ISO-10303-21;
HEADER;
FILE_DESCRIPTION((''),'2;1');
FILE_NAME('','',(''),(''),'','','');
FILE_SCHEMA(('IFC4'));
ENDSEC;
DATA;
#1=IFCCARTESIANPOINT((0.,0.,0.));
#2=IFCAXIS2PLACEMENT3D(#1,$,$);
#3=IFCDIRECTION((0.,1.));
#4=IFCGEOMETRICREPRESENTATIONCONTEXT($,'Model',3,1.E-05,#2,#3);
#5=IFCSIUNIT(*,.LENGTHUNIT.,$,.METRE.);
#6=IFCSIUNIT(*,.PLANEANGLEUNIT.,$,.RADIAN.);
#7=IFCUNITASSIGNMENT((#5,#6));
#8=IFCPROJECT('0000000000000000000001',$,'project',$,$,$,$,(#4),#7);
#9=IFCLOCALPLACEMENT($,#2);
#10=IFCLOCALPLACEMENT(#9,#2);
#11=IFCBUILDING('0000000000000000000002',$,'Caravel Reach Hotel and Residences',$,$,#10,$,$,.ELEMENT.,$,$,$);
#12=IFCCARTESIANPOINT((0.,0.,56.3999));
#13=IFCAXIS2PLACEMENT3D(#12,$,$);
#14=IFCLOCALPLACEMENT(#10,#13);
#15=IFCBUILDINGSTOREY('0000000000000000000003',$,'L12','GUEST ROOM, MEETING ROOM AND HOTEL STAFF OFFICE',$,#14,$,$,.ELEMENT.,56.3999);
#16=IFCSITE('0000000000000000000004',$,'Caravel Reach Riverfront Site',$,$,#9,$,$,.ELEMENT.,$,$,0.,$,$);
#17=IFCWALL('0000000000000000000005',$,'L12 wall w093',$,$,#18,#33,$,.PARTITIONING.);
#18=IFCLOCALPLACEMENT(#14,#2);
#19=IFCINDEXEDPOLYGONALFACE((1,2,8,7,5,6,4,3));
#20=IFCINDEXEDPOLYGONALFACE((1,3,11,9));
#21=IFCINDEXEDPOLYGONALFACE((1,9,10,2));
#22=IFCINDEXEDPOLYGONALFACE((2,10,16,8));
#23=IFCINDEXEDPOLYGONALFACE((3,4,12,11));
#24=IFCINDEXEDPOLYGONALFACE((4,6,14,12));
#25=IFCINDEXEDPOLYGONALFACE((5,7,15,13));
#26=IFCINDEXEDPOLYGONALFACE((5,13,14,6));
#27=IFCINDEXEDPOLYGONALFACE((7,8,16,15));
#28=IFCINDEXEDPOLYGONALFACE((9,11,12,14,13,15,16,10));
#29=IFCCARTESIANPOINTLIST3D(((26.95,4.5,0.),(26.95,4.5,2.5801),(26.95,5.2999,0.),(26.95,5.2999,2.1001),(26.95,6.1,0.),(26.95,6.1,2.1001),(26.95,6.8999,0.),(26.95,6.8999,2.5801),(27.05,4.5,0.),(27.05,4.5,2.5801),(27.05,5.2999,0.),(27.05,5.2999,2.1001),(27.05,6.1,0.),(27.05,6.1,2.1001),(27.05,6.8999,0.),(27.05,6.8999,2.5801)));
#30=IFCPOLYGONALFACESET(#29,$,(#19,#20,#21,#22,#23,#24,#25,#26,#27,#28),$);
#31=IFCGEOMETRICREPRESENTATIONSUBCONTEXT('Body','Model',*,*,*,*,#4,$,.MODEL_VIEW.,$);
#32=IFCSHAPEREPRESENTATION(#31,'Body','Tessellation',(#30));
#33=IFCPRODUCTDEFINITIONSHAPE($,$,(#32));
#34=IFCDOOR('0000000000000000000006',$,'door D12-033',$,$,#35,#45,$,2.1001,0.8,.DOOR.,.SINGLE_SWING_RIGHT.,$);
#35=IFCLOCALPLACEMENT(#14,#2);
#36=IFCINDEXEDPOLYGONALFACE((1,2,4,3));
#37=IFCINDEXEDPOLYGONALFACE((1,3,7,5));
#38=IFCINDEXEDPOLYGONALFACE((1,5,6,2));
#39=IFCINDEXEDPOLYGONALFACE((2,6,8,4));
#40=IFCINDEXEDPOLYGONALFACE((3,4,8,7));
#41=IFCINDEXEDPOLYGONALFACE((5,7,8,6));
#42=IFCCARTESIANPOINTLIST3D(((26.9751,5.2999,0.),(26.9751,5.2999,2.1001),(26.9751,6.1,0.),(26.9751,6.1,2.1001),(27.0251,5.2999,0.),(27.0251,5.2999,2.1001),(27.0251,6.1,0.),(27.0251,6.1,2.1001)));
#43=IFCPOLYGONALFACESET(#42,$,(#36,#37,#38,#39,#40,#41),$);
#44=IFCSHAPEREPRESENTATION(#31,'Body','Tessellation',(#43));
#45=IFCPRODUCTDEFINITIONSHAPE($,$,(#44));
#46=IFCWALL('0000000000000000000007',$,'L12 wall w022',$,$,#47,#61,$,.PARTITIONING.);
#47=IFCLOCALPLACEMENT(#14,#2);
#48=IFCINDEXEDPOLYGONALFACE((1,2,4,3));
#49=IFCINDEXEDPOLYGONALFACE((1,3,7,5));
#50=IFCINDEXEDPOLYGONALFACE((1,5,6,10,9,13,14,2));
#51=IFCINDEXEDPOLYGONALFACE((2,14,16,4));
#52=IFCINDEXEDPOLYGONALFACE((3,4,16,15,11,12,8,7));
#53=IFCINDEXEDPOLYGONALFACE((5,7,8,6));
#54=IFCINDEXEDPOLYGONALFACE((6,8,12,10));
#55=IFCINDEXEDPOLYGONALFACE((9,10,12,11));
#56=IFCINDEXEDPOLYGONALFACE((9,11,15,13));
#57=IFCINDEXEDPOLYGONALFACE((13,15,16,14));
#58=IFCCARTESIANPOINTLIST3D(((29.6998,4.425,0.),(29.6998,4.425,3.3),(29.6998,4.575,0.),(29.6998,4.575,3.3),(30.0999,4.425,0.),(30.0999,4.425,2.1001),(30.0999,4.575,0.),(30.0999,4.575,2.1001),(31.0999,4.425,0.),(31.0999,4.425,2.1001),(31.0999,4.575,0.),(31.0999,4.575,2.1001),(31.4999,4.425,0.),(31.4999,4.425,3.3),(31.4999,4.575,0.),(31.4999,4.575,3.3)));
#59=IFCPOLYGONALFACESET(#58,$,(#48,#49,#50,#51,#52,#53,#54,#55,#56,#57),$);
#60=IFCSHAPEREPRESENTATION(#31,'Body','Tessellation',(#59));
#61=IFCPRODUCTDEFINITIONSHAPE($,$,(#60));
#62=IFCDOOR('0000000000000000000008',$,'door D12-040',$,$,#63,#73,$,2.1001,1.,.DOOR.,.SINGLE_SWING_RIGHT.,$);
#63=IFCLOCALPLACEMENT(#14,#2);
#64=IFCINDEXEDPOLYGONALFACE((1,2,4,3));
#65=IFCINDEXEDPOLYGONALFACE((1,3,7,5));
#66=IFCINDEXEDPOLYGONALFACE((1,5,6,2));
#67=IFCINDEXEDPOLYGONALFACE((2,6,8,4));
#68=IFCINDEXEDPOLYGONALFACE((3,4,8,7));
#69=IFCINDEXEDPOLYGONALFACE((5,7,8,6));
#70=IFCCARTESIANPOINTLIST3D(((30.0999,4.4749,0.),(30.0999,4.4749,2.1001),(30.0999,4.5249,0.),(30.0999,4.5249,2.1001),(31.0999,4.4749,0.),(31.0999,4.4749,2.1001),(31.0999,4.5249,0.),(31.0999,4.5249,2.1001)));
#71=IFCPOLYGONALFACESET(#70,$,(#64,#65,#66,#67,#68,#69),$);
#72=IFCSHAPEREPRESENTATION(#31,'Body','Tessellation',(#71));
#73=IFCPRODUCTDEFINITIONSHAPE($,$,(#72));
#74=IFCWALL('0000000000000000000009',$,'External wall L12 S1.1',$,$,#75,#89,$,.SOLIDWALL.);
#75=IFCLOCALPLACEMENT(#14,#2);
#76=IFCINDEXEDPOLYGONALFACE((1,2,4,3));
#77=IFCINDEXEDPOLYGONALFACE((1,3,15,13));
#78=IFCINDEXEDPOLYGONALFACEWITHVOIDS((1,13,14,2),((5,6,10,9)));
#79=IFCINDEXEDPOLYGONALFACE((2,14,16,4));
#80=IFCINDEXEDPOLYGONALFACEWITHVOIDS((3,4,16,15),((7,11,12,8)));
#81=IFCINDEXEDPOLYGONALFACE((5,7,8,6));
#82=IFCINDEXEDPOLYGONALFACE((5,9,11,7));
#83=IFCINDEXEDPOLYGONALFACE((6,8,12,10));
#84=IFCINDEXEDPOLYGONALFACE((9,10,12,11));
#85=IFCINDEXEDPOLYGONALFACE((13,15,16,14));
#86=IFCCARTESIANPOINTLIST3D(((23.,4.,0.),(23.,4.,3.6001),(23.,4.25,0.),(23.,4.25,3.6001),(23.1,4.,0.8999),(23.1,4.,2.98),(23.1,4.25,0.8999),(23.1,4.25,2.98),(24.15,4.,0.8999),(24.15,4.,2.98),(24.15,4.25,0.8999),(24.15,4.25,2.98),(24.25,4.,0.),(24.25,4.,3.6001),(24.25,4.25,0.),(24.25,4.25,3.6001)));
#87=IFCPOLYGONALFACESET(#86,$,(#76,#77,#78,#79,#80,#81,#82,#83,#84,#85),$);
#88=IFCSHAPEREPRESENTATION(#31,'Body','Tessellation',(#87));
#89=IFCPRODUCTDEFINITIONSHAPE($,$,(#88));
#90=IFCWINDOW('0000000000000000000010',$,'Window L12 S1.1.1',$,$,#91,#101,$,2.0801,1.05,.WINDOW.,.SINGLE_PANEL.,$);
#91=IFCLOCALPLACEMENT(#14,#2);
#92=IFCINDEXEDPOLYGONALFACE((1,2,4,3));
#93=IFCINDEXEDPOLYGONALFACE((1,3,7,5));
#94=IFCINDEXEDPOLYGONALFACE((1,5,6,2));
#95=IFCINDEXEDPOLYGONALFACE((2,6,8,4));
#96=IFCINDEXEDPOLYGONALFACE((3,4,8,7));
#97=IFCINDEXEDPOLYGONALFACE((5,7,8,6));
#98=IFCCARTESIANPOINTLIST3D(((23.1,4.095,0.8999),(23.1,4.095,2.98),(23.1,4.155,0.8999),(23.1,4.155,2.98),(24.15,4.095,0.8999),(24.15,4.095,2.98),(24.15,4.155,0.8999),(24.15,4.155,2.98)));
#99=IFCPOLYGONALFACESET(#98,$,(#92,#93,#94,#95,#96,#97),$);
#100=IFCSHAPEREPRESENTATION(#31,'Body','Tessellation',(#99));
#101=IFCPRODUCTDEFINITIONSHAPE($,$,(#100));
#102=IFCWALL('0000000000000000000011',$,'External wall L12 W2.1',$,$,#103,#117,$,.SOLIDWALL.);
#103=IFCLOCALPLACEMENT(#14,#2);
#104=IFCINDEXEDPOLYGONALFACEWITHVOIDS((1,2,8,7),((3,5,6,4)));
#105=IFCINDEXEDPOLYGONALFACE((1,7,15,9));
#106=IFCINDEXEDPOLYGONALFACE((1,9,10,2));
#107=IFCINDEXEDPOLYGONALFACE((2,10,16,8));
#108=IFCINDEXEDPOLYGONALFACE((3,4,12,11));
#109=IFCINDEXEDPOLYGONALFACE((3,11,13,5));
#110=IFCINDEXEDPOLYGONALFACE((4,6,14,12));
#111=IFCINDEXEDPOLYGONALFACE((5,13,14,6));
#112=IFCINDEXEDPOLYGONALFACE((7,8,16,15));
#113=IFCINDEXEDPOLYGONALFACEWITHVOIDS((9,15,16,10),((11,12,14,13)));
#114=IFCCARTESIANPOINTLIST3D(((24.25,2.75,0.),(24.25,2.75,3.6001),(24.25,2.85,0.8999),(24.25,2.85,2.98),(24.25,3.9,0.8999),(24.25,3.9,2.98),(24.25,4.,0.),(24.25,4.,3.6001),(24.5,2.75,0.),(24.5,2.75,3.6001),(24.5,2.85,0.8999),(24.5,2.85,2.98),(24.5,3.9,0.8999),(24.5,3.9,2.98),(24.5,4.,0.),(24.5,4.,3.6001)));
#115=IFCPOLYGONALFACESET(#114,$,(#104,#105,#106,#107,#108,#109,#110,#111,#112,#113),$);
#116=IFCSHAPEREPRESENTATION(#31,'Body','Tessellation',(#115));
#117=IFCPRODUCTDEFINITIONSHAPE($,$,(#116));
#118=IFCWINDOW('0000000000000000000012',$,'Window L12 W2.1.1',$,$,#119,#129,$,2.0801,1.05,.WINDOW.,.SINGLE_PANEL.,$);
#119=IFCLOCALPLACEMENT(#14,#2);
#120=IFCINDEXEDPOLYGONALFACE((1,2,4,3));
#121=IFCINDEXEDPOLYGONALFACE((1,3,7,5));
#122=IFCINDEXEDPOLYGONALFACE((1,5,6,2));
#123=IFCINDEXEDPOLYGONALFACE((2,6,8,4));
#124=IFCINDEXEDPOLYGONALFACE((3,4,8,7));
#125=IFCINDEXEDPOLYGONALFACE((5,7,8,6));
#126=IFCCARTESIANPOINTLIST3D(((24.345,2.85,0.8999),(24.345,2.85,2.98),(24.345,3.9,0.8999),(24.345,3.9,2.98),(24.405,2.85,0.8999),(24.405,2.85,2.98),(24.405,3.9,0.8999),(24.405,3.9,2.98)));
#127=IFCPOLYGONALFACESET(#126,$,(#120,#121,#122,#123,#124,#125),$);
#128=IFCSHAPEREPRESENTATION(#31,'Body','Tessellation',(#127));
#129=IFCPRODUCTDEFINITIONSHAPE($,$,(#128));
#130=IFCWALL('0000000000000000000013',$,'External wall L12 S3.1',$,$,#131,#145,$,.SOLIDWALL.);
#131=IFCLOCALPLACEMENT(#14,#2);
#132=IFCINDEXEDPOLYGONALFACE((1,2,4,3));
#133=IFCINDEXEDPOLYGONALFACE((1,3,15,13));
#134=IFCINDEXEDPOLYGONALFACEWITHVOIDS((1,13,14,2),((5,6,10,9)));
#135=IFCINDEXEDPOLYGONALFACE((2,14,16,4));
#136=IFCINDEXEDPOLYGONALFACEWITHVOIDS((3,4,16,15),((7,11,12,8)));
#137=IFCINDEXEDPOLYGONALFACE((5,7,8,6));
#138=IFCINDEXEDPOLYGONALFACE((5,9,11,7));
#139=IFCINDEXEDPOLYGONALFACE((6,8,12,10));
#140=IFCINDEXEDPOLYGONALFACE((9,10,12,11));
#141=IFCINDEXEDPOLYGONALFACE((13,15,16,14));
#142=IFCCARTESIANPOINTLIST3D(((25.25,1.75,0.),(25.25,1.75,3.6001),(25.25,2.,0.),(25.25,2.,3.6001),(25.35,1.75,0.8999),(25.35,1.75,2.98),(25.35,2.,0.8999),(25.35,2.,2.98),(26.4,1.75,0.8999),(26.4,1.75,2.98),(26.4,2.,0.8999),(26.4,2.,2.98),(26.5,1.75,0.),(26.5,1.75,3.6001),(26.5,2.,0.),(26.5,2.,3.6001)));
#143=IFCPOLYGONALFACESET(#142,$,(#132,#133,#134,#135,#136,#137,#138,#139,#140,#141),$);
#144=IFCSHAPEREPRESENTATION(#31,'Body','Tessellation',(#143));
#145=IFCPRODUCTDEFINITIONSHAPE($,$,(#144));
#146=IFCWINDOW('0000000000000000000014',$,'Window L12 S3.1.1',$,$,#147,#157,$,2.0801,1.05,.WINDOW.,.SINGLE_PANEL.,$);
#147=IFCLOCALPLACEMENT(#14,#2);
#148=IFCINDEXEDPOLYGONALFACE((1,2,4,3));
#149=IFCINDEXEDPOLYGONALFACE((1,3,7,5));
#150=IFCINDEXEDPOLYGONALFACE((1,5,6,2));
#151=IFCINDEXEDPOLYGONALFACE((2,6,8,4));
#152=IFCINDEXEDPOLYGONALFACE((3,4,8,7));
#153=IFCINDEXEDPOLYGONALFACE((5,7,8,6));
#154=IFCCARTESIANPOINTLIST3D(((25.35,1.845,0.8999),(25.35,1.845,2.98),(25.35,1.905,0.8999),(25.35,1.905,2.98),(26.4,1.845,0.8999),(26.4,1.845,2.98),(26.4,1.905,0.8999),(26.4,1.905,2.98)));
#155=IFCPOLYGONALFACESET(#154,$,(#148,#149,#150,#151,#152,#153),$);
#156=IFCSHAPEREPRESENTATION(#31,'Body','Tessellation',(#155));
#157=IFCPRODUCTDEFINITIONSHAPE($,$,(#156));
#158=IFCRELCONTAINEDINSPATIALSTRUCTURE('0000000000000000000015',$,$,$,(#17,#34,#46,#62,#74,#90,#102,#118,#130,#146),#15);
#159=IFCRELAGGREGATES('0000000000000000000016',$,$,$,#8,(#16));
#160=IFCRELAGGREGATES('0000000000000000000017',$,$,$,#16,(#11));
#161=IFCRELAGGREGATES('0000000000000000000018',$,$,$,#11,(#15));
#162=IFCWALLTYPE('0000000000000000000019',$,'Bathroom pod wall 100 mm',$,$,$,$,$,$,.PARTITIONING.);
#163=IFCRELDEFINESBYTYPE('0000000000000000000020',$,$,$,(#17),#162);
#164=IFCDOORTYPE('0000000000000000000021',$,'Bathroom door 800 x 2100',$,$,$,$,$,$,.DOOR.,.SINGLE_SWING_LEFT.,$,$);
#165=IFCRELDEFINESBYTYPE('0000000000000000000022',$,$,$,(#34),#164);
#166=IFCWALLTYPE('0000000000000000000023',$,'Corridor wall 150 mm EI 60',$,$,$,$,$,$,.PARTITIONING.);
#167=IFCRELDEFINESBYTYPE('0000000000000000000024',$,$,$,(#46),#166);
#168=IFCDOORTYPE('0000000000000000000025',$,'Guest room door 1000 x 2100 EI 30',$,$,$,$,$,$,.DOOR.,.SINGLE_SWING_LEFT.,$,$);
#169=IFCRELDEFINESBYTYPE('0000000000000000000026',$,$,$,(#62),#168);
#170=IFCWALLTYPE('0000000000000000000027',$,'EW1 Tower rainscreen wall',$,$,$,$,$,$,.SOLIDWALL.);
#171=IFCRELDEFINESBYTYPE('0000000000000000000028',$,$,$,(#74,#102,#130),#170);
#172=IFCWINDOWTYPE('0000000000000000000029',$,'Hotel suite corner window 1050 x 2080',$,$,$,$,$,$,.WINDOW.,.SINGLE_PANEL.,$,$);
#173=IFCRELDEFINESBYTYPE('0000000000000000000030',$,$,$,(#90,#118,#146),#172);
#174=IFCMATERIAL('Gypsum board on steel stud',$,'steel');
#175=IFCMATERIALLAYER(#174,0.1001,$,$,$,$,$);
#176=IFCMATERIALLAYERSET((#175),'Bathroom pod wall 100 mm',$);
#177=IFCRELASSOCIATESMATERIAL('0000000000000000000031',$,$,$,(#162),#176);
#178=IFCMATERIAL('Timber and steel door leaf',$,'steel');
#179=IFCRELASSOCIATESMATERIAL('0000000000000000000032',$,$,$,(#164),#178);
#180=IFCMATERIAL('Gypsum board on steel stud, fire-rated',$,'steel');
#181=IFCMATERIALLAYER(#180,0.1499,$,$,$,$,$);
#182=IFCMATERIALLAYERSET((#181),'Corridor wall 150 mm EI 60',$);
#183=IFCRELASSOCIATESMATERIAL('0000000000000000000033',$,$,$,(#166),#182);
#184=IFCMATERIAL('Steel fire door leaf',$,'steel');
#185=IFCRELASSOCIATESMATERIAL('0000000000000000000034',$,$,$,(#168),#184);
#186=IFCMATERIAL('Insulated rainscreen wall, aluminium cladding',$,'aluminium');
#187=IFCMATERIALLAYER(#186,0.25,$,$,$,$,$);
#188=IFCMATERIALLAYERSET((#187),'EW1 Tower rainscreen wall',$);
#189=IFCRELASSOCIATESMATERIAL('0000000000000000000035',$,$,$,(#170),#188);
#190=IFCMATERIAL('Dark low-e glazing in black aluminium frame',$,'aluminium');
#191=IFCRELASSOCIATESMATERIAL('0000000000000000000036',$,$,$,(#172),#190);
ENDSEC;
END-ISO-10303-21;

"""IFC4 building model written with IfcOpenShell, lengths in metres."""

from ifc_helpers import new_model, si_unit, direction, frame, frame_2d, origin, place, context, subcontext, project, spatial, rectangle, extrude, material, layer, layer_set, type_object, element, fill, save


model = new_model("IFC4")

# Units and contexts
model_context = context("Model", 3, precision=1e-05, world=origin(), true_north=direction((0.0, 1.0)))
body_context = subcontext(model_context, "Body", "Model", "MODEL_VIEW")
ifc_project = project(units=[si_unit("LENGTHUNIT", "METRE"), si_unit("PLANEANGLEUNIT", "RADIAN")], contexts=[model_context])

# Site, building, storey
site_placement = place(None, origin())
site = spatial("IfcSite", under=ifc_project, at=site_placement, Name="Caravel Reach Riverfront Site", CompositionType="ELEMENT", RefElevation=0.0)
building_placement = place(site_placement, origin())
building = spatial("IfcBuilding", under=site, at=building_placement, Name="Caravel Reach Hotel and Residences", CompositionType="ELEMENT")
storey_placement = place(building_placement, frame((0.0, 0.0, 56.3999)))
storey = spatial("IfcBuildingStorey", under=building, at=storey_placement, Name="L12", Description="GUEST ROOM, MEETING ROOM AND HOTEL STAFF OFFICE", CompositionType="ELEMENT", Elevation=56.3999)

# Shared definitions
ifc_material_1 = material(Name="Gypsum board on steel stud", Category="steel")
ifc_layer_1 = layer(ifc_material_1, 0.1001)
ifc_layer_set_1 = layer_set([ifc_layer_1], Name="Bathroom pod wall 100 mm")
wall_type_1 = type_object("IfcWallType", Name="Bathroom pod wall 100 mm", PredefinedType="PARTITIONING", material=ifc_layer_set_1)

# Walls, openings, doors
ifc_material_2 = material(Name="Timber and steel door leaf", Category="steel")
door_type_1 = type_object("IfcDoorType", Name="Bathroom door 800 x 2100", OperationType="SINGLE_SWING_LEFT", PredefinedType="DOOR", material=ifc_material_2)
wall_1_placement = place(storey_placement, frame((27.0, 4.5, 0.0), z_axis=(0.0, 0.0, 1.0), x_axis=(0.0, 1.0, 0.0)))
wall_1 = element("IfcWall", 1, at=wall_1_placement, inside=storey, type_object=wall_type_1, Name="L12 wall w093", PredefinedType="PARTITIONING", context=body_context, shape_type="SweptSolid", body=[
    extrude(rectangle(XDim=2.3999, YDim=0.1001, at=frame_2d((1.2, 0.0))), origin(), (0.0, 0.0, 1.0), 2.5801),
])
opening_1_placement = place(wall_1_placement, frame((0.8, 0.0, 0.0)))
opening_1 = element("IfcOpeningElement", 2, at=opening_1_placement, cuts=wall_1, PredefinedType="OPENING", context=body_context, shape_type="SweptSolid", body=[
    extrude(rectangle(XDim=0.8, YDim=2.1001, at=frame_2d((0.3999, 1.05))), frame((0.0, 0.0601, 0.0), z_axis=(0.0, -1.0, 0.0), x_axis=(1.0, 0.0, 0.0)), (0.0, 0.0, 1.0), 0.1201),
])
door_1_placement = place(opening_1_placement, origin())
door_1 = element("IfcDoor", 3, at=door_1_placement, inside=storey, type_object=door_type_1, Name="door D12-033", OperationType="SINGLE_SWING_RIGHT", OverallHeight=2.1001, OverallWidth=0.8, PredefinedType="DOOR", context=body_context, shape_type="SweptSolid", body=[
    extrude(rectangle(XDim=0.8, YDim=2.1001, at=frame_2d((0.3999, 1.05))), frame((0.0, 0.0249, 0.0), z_axis=(0.0, -1.0, 0.0), x_axis=(1.0, 0.0, 0.0)), (0.0, 0.0, 1.0), 0.05),
])
fill(opening_1, door_1)
ifc_material_3 = material(Name="Gypsum board on steel stud, fire-rated", Category="steel")
ifc_layer_2 = layer(ifc_material_3, 0.1499)
ifc_layer_set_2 = layer_set([ifc_layer_2], Name="Corridor wall 150 mm EI 60")
wall_type_2 = type_object("IfcWallType", Name="Corridor wall 150 mm EI 60", PredefinedType="PARTITIONING", material=ifc_layer_set_2)
wall_2_placement = place(storey_placement, frame((29.7, 4.5, 0.0), z_axis=(0.0, 0.0, 1.0), x_axis=(1.0, 0.0, 0.0)))
wall_2 = element("IfcWall", 4, at=wall_2_placement, inside=storey, type_object=wall_type_2, Name="L12 wall w022", PredefinedType="PARTITIONING", context=body_context, shape_type="SweptSolid", body=[
    extrude(rectangle(XDim=1.8, YDim=0.1499, at=frame_2d((0.8999, 0.0))), origin(), (0.0, 0.0, 1.0), 3.3),
])
opening_2_placement = place(wall_2_placement, frame((0.3999, 0.0, 0.0)))
opening_2 = element("IfcOpeningElement", 5, at=opening_2_placement, cuts=wall_2, PredefinedType="OPENING", context=body_context, shape_type="SweptSolid", body=[
    extrude(rectangle(XDim=1.0, YDim=2.1001, at=frame_2d((0.5, 1.05))), frame((0.0, 0.085, 0.0), z_axis=(0.0, -1.0, 0.0), x_axis=(1.0, 0.0, 0.0)), (0.0, 0.0, 1.0), 0.1699),
])
ifc_material_4 = material(Name="Steel fire door leaf", Category="steel")
door_type_2 = type_object("IfcDoorType", Name="Guest room door 1000 x 2100 EI 30", OperationType="SINGLE_SWING_LEFT", PredefinedType="DOOR", material=ifc_material_4)
door_2_placement = place(opening_2_placement, origin())
door_2 = element("IfcDoor", 6, at=door_2_placement, inside=storey, type_object=door_type_2, Name="door D12-040", OperationType="SINGLE_SWING_RIGHT", OverallHeight=2.1001, OverallWidth=1.0, PredefinedType="DOOR", context=body_context, shape_type="SweptSolid", body=[
    extrude(rectangle(XDim=1.0, YDim=2.1001, at=frame_2d((0.5, 1.05))), frame((0.0, 0.0249, 0.0), z_axis=(0.0, -1.0, 0.0), x_axis=(1.0, 0.0, 0.0)), (0.0, 0.0, 1.0), 0.05),
])
fill(opening_2, door_2)

# Walls, openings, windows
ifc_material_5 = material(Name="Insulated rainscreen wall, aluminium cladding", Category="aluminium")
ifc_layer_3 = layer(ifc_material_5, 0.25)
ifc_layer_set_3 = layer_set([ifc_layer_3], Name="EW1 Tower rainscreen wall")
wall_type_3 = type_object("IfcWallType", Name="EW1 Tower rainscreen wall", PredefinedType="SOLIDWALL", material=ifc_layer_set_3)
wall_3_placement = place(storey_placement, frame((23.0, 4.125, 0.0), z_axis=(0.0, 0.0, 1.0), x_axis=(1.0, 0.0, 0.0)))
wall_3 = element("IfcWall", 7, at=wall_3_placement, inside=storey, type_object=wall_type_3, Name="External wall L12 S1.1", PredefinedType="SOLIDWALL", context=body_context, shape_type="SweptSolid", body=[
    extrude(rectangle(XDim=1.25, YDim=0.25, at=frame_2d((0.625, 0.0))), origin(), (0.0, 0.0, 1.0), 3.6001),
])
opening_3_placement = place(wall_3_placement, frame((0.1001, 0.0, 0.8999)))
opening_3 = element("IfcOpeningElement", 8, at=opening_3_placement, cuts=wall_3, PredefinedType="OPENING", context=body_context, shape_type="SweptSolid", body=[
    extrude(rectangle(XDim=1.05, YDim=2.0801, at=frame_2d((0.5249, 1.04))), frame((0.0, 0.135, 0.0), z_axis=(0.0, -1.0, 0.0), x_axis=(1.0, 0.0, 0.0)), (0.0, 0.0, 1.0), 0.27),
])
ifc_material_6 = material(Name="Dark low-e glazing in black aluminium frame", Category="aluminium")
window_type_1 = type_object("IfcWindowType", Name="Hotel suite corner window 1050 x 2080", PartitioningType="SINGLE_PANEL", PredefinedType="WINDOW", material=ifc_material_6)
window_1_placement = place(opening_3_placement, origin())
window_1 = element("IfcWindow", 9, at=window_1_placement, inside=storey, type_object=window_type_1, Name="Window L12 S1.1.1", OverallHeight=2.0801, OverallWidth=1.05, PartitioningType="SINGLE_PANEL", PredefinedType="WINDOW", context=body_context, shape_type="SweptSolid", body=[
    extrude(rectangle(XDim=1.05, YDim=2.0801, at=frame_2d((0.5249, 1.04))), frame((0.0, 0.03, 0.0), z_axis=(0.0, -1.0, 0.0), x_axis=(1.0, 0.0, 0.0)), (0.0, 0.0, 1.0), 0.0601),
])
fill(opening_3, window_1)
wall_4_placement = place(storey_placement, frame((24.375, 4.0, 0.0), z_axis=(0.0, 0.0, 1.0), x_axis=(0.0, -1.0, 0.0)))
wall_4 = element("IfcWall", 10, at=wall_4_placement, inside=storey, type_object=wall_type_3, Name="External wall L12 W2.1", PredefinedType="SOLIDWALL", context=body_context, shape_type="SweptSolid", body=[
    extrude(rectangle(XDim=1.25, YDim=0.25, at=frame_2d((0.625, 0.0))), origin(), (0.0, 0.0, 1.0), 3.6001),
])
opening_4_placement = place(wall_4_placement, frame((0.1001, 0.0, 0.8999)))
opening_4 = element("IfcOpeningElement", 11, at=opening_4_placement, cuts=wall_4, PredefinedType="OPENING", context=body_context, shape_type="SweptSolid", body=[
    extrude(rectangle(XDim=1.05, YDim=2.0801, at=frame_2d((0.5249, 1.04))), frame((0.0, 0.135, 0.0), z_axis=(0.0, -1.0, 0.0), x_axis=(1.0, 0.0, 0.0)), (0.0, 0.0, 1.0), 0.27),
])
window_2_placement = place(opening_4_placement, origin())
window_2 = element("IfcWindow", 12, at=window_2_placement, inside=storey, type_object=window_type_1, Name="Window L12 W2.1.1", OverallHeight=2.0801, OverallWidth=1.05, PartitioningType="SINGLE_PANEL", PredefinedType="WINDOW", context=body_context, shape_type="SweptSolid", body=[
    extrude(rectangle(XDim=1.05, YDim=2.0801, at=frame_2d((0.5249, 1.04))), frame((0.0, 0.03, 0.0), z_axis=(0.0, -1.0, 0.0), x_axis=(1.0, 0.0, 0.0)), (0.0, 0.0, 1.0), 0.0601),
])
fill(opening_4, window_2)
wall_5_placement = place(storey_placement, frame((25.25, 1.875, 0.0), z_axis=(0.0, 0.0, 1.0), x_axis=(1.0, 0.0, 0.0)))
wall_5 = element("IfcWall", 13, at=wall_5_placement, inside=storey, type_object=wall_type_3, Name="External wall L12 S3.1", PredefinedType="SOLIDWALL", context=body_context, shape_type="SweptSolid", body=[
    extrude(rectangle(XDim=1.25, YDim=0.25, at=frame_2d((0.625, 0.0))), origin(), (0.0, 0.0, 1.0), 3.6001),
])
opening_5_placement = place(wall_5_placement, frame((0.1001, 0.0, 0.8999)))
opening_5 = element("IfcOpeningElement", 14, at=opening_5_placement, cuts=wall_5, PredefinedType="OPENING", context=body_context, shape_type="SweptSolid", body=[
    extrude(rectangle(XDim=1.05, YDim=2.0801, at=frame_2d((0.5249, 1.04))), frame((0.0, 0.135, 0.0), z_axis=(0.0, -1.0, 0.0), x_axis=(1.0, 0.0, 0.0)), (0.0, 0.0, 1.0), 0.27),
])
window_3_placement = place(opening_5_placement, origin())
window_3 = element("IfcWindow", 15, at=window_3_placement, inside=storey, type_object=window_type_1, Name="Window L12 S3.1.1", OverallHeight=2.0801, OverallWidth=1.05, PartitioningType="SINGLE_PANEL", PredefinedType="WINDOW", context=body_context, shape_type="SweptSolid", body=[
    extrude(rectangle(XDim=1.05, YDim=2.0801, at=frame_2d((0.5249, 1.04))), frame((0.0, 0.03, 0.0), z_axis=(0.0, -1.0, 0.0), x_axis=(1.0, 0.0, 0.0)), (0.0, 0.0, 1.0), 0.0601),
])
fill(opening_5, window_3)

save(model, "model.ifc")
